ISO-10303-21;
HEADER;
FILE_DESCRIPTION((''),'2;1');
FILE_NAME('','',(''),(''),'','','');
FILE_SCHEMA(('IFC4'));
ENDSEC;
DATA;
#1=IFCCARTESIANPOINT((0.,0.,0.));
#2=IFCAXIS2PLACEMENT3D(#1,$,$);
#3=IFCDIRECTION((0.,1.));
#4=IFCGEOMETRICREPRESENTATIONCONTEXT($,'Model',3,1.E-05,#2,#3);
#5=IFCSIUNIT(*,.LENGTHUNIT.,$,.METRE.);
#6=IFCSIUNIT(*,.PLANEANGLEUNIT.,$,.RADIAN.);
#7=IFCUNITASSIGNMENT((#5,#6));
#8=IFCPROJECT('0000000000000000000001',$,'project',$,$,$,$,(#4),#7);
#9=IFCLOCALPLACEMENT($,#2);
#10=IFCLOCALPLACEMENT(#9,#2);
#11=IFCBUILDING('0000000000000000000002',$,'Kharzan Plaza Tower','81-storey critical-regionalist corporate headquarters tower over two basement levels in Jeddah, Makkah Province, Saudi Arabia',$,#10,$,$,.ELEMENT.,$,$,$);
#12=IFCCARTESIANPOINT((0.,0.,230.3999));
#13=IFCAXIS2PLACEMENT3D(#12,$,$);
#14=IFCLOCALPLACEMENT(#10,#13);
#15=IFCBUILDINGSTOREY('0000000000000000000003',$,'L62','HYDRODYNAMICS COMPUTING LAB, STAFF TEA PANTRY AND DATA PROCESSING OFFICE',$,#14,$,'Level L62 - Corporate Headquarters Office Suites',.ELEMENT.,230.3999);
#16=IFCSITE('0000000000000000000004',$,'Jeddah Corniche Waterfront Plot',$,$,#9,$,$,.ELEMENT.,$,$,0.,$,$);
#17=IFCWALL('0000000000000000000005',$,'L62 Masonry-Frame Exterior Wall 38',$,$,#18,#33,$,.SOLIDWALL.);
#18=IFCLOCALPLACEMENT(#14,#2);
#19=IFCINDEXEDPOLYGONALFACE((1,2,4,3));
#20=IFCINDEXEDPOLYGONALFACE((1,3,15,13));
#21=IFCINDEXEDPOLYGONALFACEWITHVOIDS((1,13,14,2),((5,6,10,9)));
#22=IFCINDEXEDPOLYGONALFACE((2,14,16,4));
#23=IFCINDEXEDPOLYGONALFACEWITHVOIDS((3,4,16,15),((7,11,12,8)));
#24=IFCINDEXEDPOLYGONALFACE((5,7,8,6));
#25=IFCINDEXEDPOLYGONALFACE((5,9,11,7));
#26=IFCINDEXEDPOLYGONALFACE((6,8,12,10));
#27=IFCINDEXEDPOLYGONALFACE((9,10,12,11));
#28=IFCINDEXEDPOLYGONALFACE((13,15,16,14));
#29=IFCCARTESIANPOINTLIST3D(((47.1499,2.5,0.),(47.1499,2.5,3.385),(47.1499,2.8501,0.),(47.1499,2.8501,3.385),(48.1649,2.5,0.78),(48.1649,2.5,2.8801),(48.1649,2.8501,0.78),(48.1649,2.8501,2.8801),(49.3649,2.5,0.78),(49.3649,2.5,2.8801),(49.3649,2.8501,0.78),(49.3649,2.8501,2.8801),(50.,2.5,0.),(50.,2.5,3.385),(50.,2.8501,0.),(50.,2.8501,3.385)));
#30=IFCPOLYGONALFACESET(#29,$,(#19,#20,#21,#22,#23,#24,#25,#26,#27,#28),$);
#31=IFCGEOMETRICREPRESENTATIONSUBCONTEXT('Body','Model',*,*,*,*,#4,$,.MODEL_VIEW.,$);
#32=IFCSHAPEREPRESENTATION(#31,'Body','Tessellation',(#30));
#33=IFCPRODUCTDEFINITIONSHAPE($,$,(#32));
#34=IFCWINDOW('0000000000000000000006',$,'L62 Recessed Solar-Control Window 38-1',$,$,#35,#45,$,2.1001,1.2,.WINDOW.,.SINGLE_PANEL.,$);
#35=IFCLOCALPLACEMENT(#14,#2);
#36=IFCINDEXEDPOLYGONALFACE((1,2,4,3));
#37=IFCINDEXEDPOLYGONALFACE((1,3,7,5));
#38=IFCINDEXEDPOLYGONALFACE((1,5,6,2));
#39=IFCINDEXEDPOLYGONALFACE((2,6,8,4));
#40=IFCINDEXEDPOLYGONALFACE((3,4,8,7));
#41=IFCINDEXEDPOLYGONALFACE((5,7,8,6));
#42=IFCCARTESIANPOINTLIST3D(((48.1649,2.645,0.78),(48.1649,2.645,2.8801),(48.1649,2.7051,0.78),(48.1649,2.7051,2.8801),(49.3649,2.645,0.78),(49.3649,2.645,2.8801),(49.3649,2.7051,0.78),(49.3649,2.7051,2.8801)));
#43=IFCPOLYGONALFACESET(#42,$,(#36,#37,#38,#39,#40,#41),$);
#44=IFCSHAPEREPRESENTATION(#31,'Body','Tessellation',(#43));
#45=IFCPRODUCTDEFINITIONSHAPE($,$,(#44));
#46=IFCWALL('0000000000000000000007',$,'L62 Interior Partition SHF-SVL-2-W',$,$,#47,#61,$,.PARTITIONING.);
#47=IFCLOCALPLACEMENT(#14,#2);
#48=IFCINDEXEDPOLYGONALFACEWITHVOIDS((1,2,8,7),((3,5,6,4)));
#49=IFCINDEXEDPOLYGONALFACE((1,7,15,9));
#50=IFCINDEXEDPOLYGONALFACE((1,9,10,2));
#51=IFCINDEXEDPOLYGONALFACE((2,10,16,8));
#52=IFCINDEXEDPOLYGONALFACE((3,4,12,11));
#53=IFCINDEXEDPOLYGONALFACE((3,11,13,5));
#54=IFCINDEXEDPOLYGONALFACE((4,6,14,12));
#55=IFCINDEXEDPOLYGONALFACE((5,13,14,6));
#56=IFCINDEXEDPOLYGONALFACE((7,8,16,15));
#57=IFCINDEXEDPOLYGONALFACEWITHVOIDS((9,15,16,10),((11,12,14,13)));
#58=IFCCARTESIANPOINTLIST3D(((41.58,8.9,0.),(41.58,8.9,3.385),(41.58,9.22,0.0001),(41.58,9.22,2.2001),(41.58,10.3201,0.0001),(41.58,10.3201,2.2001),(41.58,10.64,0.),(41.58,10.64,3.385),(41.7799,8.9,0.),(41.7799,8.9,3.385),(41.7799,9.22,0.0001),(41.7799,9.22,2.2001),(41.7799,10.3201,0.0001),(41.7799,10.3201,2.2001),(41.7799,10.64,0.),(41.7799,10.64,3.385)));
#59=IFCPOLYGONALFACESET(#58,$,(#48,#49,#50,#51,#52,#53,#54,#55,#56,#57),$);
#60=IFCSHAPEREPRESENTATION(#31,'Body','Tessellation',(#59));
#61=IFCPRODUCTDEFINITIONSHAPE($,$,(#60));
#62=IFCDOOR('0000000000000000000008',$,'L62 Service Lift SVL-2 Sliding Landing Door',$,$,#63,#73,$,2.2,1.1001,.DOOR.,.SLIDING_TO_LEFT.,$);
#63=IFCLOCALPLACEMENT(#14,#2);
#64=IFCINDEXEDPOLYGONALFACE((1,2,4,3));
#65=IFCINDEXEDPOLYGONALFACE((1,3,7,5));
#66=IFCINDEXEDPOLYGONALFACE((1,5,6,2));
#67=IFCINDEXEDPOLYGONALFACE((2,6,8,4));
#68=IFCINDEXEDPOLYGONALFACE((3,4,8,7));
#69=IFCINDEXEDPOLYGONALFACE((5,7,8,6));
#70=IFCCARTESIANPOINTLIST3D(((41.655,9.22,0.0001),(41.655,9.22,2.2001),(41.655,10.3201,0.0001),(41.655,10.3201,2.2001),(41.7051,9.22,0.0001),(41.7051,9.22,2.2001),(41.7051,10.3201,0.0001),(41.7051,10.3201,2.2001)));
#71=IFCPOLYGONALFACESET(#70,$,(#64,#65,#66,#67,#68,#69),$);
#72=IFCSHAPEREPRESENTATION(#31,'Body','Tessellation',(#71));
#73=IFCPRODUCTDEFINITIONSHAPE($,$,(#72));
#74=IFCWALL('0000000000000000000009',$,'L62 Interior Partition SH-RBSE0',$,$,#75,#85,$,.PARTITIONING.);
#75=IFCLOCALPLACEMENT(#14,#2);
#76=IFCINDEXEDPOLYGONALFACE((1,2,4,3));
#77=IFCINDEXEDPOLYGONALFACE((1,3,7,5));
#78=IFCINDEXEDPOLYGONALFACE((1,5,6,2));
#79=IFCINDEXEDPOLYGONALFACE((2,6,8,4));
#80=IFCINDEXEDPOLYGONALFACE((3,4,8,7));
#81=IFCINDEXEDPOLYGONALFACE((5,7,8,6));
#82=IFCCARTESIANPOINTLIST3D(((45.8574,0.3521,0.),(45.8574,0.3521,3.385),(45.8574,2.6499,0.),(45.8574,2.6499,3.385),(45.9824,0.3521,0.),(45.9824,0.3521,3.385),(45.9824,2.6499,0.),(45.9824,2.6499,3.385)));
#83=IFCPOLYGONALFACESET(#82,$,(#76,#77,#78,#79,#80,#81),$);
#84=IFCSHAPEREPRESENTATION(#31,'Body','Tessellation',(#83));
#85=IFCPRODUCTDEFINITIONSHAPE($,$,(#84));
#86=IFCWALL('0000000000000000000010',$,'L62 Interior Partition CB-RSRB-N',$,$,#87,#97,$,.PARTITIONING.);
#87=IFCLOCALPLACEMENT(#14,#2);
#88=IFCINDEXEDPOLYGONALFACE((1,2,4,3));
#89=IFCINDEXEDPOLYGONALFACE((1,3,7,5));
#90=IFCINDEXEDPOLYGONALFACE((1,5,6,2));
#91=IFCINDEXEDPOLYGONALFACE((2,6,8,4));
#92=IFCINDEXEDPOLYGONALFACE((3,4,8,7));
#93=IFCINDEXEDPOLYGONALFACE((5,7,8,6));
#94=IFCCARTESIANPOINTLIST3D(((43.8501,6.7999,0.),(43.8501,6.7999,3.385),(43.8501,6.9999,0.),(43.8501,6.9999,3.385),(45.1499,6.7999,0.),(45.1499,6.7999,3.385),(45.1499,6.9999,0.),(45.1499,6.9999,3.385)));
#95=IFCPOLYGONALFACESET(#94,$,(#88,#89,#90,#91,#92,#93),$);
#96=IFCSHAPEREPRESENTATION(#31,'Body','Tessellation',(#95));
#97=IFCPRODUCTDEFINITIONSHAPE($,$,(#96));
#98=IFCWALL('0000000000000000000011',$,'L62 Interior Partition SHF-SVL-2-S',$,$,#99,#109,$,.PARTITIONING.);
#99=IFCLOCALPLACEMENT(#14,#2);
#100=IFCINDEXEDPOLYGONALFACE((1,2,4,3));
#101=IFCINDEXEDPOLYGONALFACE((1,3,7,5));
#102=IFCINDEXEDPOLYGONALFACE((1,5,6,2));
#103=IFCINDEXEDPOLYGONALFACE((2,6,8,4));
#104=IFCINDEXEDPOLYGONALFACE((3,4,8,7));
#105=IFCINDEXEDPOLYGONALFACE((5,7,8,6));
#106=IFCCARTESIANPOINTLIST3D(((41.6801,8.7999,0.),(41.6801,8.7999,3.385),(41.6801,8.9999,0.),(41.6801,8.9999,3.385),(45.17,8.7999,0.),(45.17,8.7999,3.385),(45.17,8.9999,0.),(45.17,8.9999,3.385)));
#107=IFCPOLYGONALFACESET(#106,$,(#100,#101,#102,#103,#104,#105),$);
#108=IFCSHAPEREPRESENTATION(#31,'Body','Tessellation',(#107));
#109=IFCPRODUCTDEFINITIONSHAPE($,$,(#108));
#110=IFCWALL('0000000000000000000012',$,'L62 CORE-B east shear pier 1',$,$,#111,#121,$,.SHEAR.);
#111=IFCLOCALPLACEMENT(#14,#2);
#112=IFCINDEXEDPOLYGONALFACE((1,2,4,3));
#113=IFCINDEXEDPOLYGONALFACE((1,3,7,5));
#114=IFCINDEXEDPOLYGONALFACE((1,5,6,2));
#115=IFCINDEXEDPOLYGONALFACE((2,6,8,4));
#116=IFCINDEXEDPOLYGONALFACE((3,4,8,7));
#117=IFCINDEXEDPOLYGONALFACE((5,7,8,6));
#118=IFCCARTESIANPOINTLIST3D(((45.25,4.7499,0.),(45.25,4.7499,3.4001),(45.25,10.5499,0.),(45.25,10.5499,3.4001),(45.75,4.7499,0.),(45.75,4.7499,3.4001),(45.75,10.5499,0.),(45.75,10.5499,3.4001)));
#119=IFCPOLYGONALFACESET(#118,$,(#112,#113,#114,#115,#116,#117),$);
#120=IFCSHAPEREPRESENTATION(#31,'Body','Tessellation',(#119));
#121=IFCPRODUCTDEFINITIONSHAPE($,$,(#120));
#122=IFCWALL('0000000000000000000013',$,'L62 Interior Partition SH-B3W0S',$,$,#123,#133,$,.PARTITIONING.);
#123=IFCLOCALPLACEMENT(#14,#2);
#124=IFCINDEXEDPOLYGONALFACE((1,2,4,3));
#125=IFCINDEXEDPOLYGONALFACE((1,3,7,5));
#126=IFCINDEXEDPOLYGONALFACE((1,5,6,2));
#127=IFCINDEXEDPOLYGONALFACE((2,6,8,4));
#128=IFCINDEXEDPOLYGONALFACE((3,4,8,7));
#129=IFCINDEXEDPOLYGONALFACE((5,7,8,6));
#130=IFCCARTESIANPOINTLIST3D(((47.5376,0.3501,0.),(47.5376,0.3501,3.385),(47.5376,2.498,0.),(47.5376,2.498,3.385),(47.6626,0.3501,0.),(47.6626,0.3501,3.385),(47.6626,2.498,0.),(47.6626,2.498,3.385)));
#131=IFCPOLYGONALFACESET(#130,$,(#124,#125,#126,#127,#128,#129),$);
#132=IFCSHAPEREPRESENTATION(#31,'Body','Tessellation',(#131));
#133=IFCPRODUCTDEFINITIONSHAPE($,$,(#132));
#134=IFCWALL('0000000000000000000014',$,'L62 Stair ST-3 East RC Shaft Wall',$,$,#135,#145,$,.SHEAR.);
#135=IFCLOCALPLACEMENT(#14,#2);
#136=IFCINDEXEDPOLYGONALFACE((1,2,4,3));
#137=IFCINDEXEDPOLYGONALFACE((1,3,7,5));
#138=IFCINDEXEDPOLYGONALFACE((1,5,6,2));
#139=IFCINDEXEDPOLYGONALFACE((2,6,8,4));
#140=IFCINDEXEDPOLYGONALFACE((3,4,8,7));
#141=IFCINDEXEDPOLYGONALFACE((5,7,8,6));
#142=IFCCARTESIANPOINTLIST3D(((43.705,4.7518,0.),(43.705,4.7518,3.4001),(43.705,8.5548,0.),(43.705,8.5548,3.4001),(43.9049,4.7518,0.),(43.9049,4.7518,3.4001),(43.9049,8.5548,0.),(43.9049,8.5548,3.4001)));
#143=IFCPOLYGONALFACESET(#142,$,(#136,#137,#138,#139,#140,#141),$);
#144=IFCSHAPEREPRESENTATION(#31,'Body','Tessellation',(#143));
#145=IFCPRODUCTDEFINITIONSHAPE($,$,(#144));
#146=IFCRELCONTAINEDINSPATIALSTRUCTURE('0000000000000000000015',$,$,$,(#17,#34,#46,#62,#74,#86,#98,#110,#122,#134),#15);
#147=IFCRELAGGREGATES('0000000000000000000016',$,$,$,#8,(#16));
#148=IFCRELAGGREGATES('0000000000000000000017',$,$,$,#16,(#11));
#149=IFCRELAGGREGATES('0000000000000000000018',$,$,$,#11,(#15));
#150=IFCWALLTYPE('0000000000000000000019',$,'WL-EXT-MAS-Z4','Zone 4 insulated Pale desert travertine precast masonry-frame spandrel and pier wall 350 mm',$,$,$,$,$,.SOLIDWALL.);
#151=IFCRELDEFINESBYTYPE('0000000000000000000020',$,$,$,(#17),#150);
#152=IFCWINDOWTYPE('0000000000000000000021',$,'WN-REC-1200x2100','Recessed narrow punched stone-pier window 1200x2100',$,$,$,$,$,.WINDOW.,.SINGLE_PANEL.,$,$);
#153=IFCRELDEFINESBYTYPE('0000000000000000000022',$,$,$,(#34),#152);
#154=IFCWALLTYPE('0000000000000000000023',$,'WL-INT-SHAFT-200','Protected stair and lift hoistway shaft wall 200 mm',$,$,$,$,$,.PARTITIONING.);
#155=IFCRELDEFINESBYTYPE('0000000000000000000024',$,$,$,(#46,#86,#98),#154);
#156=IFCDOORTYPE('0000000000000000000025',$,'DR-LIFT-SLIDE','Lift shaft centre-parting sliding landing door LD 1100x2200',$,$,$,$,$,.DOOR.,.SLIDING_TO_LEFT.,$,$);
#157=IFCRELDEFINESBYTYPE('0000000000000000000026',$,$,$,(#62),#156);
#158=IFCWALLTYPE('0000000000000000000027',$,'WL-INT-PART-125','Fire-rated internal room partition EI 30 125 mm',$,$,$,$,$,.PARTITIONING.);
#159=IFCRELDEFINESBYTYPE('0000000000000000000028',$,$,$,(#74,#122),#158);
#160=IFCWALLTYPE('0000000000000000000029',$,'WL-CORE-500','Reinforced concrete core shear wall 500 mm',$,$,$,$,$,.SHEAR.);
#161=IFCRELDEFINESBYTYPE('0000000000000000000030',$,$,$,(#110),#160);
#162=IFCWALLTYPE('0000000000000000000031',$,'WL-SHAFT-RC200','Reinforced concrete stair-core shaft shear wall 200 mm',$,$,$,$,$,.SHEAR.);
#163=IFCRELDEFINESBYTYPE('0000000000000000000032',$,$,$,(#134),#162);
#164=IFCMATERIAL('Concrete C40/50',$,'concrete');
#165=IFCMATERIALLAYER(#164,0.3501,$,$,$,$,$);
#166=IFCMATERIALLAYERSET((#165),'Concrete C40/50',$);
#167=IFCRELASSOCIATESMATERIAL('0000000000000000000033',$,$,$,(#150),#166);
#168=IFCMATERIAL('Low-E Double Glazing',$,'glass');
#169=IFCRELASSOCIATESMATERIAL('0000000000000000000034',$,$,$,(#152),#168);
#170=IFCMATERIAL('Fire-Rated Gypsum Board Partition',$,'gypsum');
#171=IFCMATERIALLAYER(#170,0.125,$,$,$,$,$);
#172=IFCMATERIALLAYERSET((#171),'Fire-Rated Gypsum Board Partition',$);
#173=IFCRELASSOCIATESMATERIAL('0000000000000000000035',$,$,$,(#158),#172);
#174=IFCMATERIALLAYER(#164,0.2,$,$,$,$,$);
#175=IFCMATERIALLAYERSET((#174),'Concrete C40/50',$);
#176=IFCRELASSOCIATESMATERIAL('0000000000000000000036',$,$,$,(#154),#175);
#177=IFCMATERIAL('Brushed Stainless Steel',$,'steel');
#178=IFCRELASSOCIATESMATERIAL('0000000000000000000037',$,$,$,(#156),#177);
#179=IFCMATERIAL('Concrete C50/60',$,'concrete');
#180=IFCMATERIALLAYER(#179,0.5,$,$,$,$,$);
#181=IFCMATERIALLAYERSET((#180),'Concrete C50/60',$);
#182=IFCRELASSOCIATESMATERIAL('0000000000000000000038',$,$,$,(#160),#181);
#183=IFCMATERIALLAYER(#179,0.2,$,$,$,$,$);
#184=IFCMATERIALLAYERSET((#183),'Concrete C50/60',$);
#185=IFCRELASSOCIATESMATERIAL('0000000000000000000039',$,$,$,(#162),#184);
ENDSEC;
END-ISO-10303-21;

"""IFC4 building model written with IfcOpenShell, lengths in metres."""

from ifc_helpers import new_model, si_unit, direction, frame, frame_2d, origin, place, context, subcontext, project, spatial, rectangle, extrude, source, transform, mapped, material, layer, layer_set, type_object, element, fill, save


model = new_model("IFC4")

# Units and contexts
model_context = context("Model", 3, precision=1e-05, world=origin(), true_north=direction((0.0, 1.0)))
body_context = subcontext(model_context, "Body", "Model", "MODEL_VIEW")
ifc_project = project(units=[si_unit("LENGTHUNIT", "METRE"), si_unit("PLANEANGLEUNIT", "RADIAN")], contexts=[model_context])

# Site, building, storey
site_placement = place(None, origin())
site = spatial("IfcSite", under=ifc_project, at=site_placement, Name="Jeddah Corniche Waterfront Plot", CompositionType="ELEMENT", RefElevation=0.0)
building_placement = place(site_placement, origin())
building = spatial("IfcBuilding", under=site, at=building_placement, Name="Kharzan Plaza Tower", Description="81-storey critical-regionalist corporate headquarters tower over two basement levels in Jeddah, Makkah Province, Saudi Arabia", CompositionType="ELEMENT")
storey_placement = place(building_placement, frame((0.0, 0.0, 230.3999)))
storey = spatial("IfcBuildingStorey", under=building, at=storey_placement, Name="L62", Description="HYDRODYNAMICS COMPUTING LAB, STAFF TEA PANTRY AND DATA PROCESSING OFFICE", LongName="Level L62 - Corporate Headquarters Office Suites", CompositionType="ELEMENT", Elevation=230.3999)

# Shared definitions
ifc_material_1 = material(Name="Concrete C50/60", Category="concrete")

# Shared definitions
ifc_material_2 = material(Name="Concrete C40/50", Category="concrete")
ifc_layer_1 = layer(ifc_material_2, 0.3501)
ifc_layer_set_1 = layer_set([ifc_layer_1], Name="Concrete C40/50")
wall_type_1 = type_object("IfcWallType", Name="WL-EXT-MAS-Z4", Description="Zone 4 insulated Pale desert travertine precast masonry-frame spandrel and pier wall 350 mm", PredefinedType="SOLIDWALL", material=ifc_layer_set_1)
ifc_material_3 = material(Name="Low-E Double Glazing", Category="glass")

# Wall, opening, window
window_type_1 = type_object("IfcWindowType", Name="WN-REC-1200x2100", Description="Recessed narrow punched stone-pier window 1200x2100", PartitioningType="SINGLE_PANEL", PredefinedType="WINDOW", material=ifc_material_3)
shared_shape_1 = source(origin(), body_context, "Body", "SweptSolid", [
    extrude(rectangle(XDim=1.2, YDim=2.1001, at=frame_2d((0.6001, 1.05))), frame((0.0, 0.03, 0.0), z_axis=(0.0, -1.0, 0.0), x_axis=(1.0, 0.0, 0.0)), (0.0, 0.0, 1.0), 0.0601),
])
wall_1_placement = place(storey_placement, frame((47.1499, 2.675, 0.0), z_axis=(0.0, 0.0, 1.0), x_axis=(1.0, 0.0, 0.0)))
wall_1 = element("IfcWall", 1, at=wall_1_placement, inside=storey, type_object=wall_type_1, Name="L62 Masonry-Frame Exterior Wall 38", PredefinedType="SOLIDWALL", context=body_context, shape_type="SweptSolid", body=[
    extrude(rectangle(XDim=2.8501, YDim=0.3501, at=frame_2d((1.425, 0.0))), origin(), (0.0, 0.0, 1.0), 3.385),
])
opening_1_placement = place(wall_1_placement, frame((1.0149, 0.0, 0.78)))
opening_1 = element("IfcOpeningElement", 2, at=opening_1_placement, cuts=wall_1, PredefinedType="OPENING", context=body_context, shape_type="SweptSolid", body=[
    extrude(rectangle(XDim=1.2, YDim=2.1001, at=frame_2d((0.6001, 1.05))), frame((0.0, 0.1851, 0.0), z_axis=(0.0, -1.0, 0.0), x_axis=(1.0, 0.0, 0.0)), (0.0, 0.0, 1.0), 0.3701),
])
window_1_placement = place(opening_1_placement, origin())
window_1 = element("IfcWindow", 3, at=window_1_placement, inside=storey, type_object=window_type_1, Name="L62 Recessed Solar-Control Window 38-1", OverallHeight=2.1001, OverallWidth=1.2, PartitioningType="SINGLE_PANEL", PredefinedType="WINDOW", context=body_context, shape_type="MappedRepresentation", body=[
    mapped(shared_shape_1, transform((0.0, 0.0, 0.0), x_axis=(1.0, 0.0, 0.0), y_axis=(0.0, 1.0, 0.0), z_axis=(0.0, 0.0, 1.0))),
])
fill(opening_1, window_1)

# Wall, opening, door
ifc_material_4 = material(Name="Fire-Rated Gypsum Board Partition", Category="gypsum")
ifc_layer_2 = layer(ifc_material_4, 0.125)
ifc_layer_set_2 = layer_set([ifc_layer_2], Name="Fire-Rated Gypsum Board Partition")
wall_type_2 = type_object("IfcWallType", Name="WL-INT-PART-125", Description="Fire-rated internal room partition EI 30 125 mm", PredefinedType="PARTITIONING", material=ifc_layer_set_2)
ifc_layer_3 = layer(ifc_material_2, 0.2)
ifc_layer_set_3 = layer_set([ifc_layer_3], Name="Concrete C40/50")
wall_type_3 = type_object("IfcWallType", Name="WL-INT-SHAFT-200", Description="Protected stair and lift hoistway shaft wall 200 mm", PredefinedType="PARTITIONING", material=ifc_layer_set_3)
wall_2_placement = place(storey_placement, frame((41.6799, 8.8999, 0.0), z_axis=(0.0, 0.0, 1.0), x_axis=(0.0, 1.0, 0.0)))
wall_2 = element("IfcWall", 4, at=wall_2_placement, inside=storey, type_object=wall_type_3, Name="L62 Interior Partition SHF-SVL-2-W", PredefinedType="PARTITIONING", context=body_context, shape_type="SweptSolid", body=[
    extrude(rectangle(XDim=1.74, YDim=0.2, at=frame_2d((0.8701, 0.0))), origin(), (0.0, 0.0, 1.0), 3.385),
])
opening_2_placement = place(wall_2_placement, frame((0.3201, 0.0, 0.0)))
opening_2 = element("IfcOpeningElement", 5, at=opening_2_placement, cuts=wall_2, PredefinedType="OPENING", context=body_context, shape_type="SweptSolid", body=[
    extrude(rectangle(XDim=1.1001, YDim=2.2, at=frame_2d((0.55, 1.1001))), frame((0.0, 0.1099, 0.0), z_axis=(0.0, -1.0, 0.0), x_axis=(1.0, 0.0, 0.0)), (0.0, 0.0, 1.0), 0.22),
])
ifc_material_5 = material(Name="Brushed Stainless Steel", Category="steel")
door_type_1 = type_object("IfcDoorType", Name="DR-LIFT-SLIDE", Description="Lift shaft centre-parting sliding landing door LD 1100x2200", OperationType="SLIDING_TO_LEFT", PredefinedType="DOOR", material=ifc_material_5)
shared_shape_2 = source(origin(), body_context, "Body", "SweptSolid", [
    extrude(rectangle(XDim=1.1001, YDim=2.2, at=frame_2d((0.55, 1.1001))), frame((0.0, 0.0249, 0.0), z_axis=(0.0, -1.0, 0.0), x_axis=(1.0, 0.0, 0.0)), (0.0, 0.0, 1.0), 0.05),
])
door_1_placement = place(opening_2_placement, origin())
door_1 = element("IfcDoor", 6, at=door_1_placement, inside=storey, type_object=door_type_1, Name="L62 Service Lift SVL-2 Sliding Landing Door", OperationType="SLIDING_TO_LEFT", OverallHeight=2.2, OverallWidth=1.1001, PredefinedType="DOOR", context=body_context, shape_type="MappedRepresentation", body=[
    mapped(shared_shape_2, transform((0.0, 0.0, 0.0), x_axis=(1.0, 0.0, 0.0), y_axis=(0.0, 1.0, 0.0), z_axis=(0.0, 0.0, 1.0))),
])
fill(opening_2, door_1)

# Walls
shared_shape_3 = source(origin(), body_context, "Body", "SweptSolid", [
    extrude(rectangle(XDim=2.2979, YDim=0.125, at=frame_2d((1.1489, 0.0))), origin(), (0.0, 0.0, 1.0), 3.385),
])
wall_3_placement = place(storey_placement, frame((45.9199, 0.3521, 0.0), z_axis=(0.0, 0.0, 1.0), x_axis=(0.0, 1.0, 0.0)))
element("IfcWall", 7, at=wall_3_placement, inside=storey, type_object=wall_type_2, Name="L62 Interior Partition SH-RBSE0", PredefinedType="PARTITIONING", context=body_context, shape_type="MappedRepresentation", body=[
    mapped(shared_shape_3, transform((0.0, 0.0, 0.0), x_axis=(1.0, 0.0, 0.0), y_axis=(0.0, 1.0, 0.0), z_axis=(0.0, 0.0, 1.0))),
])
shared_shape_4 = source(origin(), body_context, "Body", "SweptSolid", [
    extrude(rectangle(XDim=1.2998, YDim=0.2, at=frame_2d((0.6499, 0.0))), origin(), (0.0, 0.0, 1.0), 3.385),
])
wall_4_placement = place(storey_placement, frame((43.8501, 6.8999, 0.0), z_axis=(0.0, 0.0, 1.0), x_axis=(1.0, 0.0, 0.0)))
element("IfcWall", 8, at=wall_4_placement, inside=storey, type_object=wall_type_3, Name="L62 Interior Partition CB-RSRB-N", PredefinedType="PARTITIONING", context=body_context, shape_type="MappedRepresentation", body=[
    mapped(shared_shape_4, transform((0.0, 0.0, 0.0), x_axis=(1.0, 0.0, 0.0), y_axis=(0.0, 1.0, 0.0), z_axis=(0.0, 0.0, 1.0))),
])
shared_shape_5 = source(origin(), body_context, "Body", "SweptSolid", [
    extrude(rectangle(XDim=3.49, YDim=0.2, at=frame_2d((1.7451, 0.0))), origin(), (0.0, 0.0, 1.0), 3.385),
])
wall_5_placement = place(storey_placement, frame((41.6799, 8.8999, 0.0), z_axis=(0.0, 0.0, 1.0), x_axis=(1.0, 0.0, 0.0)))
element("IfcWall", 9, at=wall_5_placement, inside=storey, type_object=wall_type_3, Name="L62 Interior Partition SHF-SVL-2-S", PredefinedType="PARTITIONING", context=body_context, shape_type="MappedRepresentation", body=[
    mapped(shared_shape_5, transform((0.0, 0.0, 0.0), x_axis=(1.0, 0.0, 0.0), y_axis=(0.0, 1.0, 0.0), z_axis=(0.0, 0.0, 1.0))),
])
ifc_layer_4 = layer(ifc_material_1, 0.5)
ifc_layer_set_4 = layer_set([ifc_layer_4], Name="Concrete C50/60")
wall_type_4 = type_object("IfcWallType", Name="WL-CORE-500", Description="Reinforced concrete core shear wall 500 mm", PredefinedType="SHEAR", material=ifc_layer_set_4)
shared_shape_6 = source(origin(), body_context, "Body", "SweptSolid", [
    extrude(rectangle(XDim=5.8, YDim=0.5, at=frame_2d((2.8999, 0.0))), origin(), (0.0, 0.0, 1.0), 3.4001),
])
wall_6_placement = place(storey_placement, frame((45.5, 4.75, 0.0), z_axis=(0.0, 0.0, 1.0), x_axis=(0.0, 1.0, 0.0)))
element("IfcWall", 10, at=wall_6_placement, inside=storey, type_object=wall_type_4, Name="L62 CORE-B east shear pier 1", PredefinedType="SHEAR", context=body_context, shape_type="MappedRepresentation", body=[
    mapped(shared_shape_6, transform((0.0, 0.0, 0.0), x_axis=(1.0, 0.0, 0.0), y_axis=(0.0, 1.0, 0.0), z_axis=(0.0, 0.0, 1.0))),
])
shared_shape_7 = source(origin(), body_context, "Body", "SweptSolid", [
    extrude(rectangle(XDim=2.1479, YDim=0.125, at=frame_2d((1.074, 0.0))), origin(), (0.0, 0.0, 1.0), 3.385),
])
wall_7_placement = place(storey_placement, frame((47.6001, 0.3501, 0.0), z_axis=(0.0, 0.0, 1.0), x_axis=(0.0, 1.0, 0.0)))
element("IfcWall", 11, at=wall_7_placement, inside=storey, type_object=wall_type_2, Name="L62 Interior Partition SH-B3W0S", PredefinedType="PARTITIONING", context=body_context, shape_type="MappedRepresentation", body=[
    mapped(shared_shape_7, transform((0.0, 0.0, 0.0), x_axis=(1.0, 0.0, 0.0), y_axis=(0.0, 1.0, 0.0), z_axis=(0.0, 0.0, 1.0))),
])
ifc_layer_5 = layer(ifc_material_1, 0.2)
ifc_layer_set_5 = layer_set([ifc_layer_5], Name="Concrete C50/60")
wall_type_5 = type_object("IfcWallType", Name="WL-SHAFT-RC200", Description="Reinforced concrete stair-core shaft shear wall 200 mm", PredefinedType="SHEAR", material=ifc_layer_set_5)
shared_shape_8 = source(origin(), body_context, "Body", "SweptSolid", [
    extrude(rectangle(XDim=3.803, YDim=0.2, at=frame_2d((1.9014, 0.0))), origin(), (0.0, 0.0, 1.0), 3.4001),
])
wall_8_placement = place(storey_placement, frame((43.8049, 4.752, 0.0), z_axis=(0.0, 0.0, 1.0), x_axis=(0.0, 1.0, 0.0)))
element("IfcWall", 12, at=wall_8_placement, inside=storey, type_object=wall_type_5, Name="L62 Stair ST-3 East RC Shaft Wall", PredefinedType="SHEAR", context=body_context, shape_type="MappedRepresentation", body=[
    mapped(shared_shape_8, transform((0.0, 0.0, 0.0), x_axis=(1.0, 0.0, 0.0), y_axis=(0.0, 1.0, 0.0), z_axis=(0.0, 0.0, 1.0))),
])

save(model, "model.ifc")
